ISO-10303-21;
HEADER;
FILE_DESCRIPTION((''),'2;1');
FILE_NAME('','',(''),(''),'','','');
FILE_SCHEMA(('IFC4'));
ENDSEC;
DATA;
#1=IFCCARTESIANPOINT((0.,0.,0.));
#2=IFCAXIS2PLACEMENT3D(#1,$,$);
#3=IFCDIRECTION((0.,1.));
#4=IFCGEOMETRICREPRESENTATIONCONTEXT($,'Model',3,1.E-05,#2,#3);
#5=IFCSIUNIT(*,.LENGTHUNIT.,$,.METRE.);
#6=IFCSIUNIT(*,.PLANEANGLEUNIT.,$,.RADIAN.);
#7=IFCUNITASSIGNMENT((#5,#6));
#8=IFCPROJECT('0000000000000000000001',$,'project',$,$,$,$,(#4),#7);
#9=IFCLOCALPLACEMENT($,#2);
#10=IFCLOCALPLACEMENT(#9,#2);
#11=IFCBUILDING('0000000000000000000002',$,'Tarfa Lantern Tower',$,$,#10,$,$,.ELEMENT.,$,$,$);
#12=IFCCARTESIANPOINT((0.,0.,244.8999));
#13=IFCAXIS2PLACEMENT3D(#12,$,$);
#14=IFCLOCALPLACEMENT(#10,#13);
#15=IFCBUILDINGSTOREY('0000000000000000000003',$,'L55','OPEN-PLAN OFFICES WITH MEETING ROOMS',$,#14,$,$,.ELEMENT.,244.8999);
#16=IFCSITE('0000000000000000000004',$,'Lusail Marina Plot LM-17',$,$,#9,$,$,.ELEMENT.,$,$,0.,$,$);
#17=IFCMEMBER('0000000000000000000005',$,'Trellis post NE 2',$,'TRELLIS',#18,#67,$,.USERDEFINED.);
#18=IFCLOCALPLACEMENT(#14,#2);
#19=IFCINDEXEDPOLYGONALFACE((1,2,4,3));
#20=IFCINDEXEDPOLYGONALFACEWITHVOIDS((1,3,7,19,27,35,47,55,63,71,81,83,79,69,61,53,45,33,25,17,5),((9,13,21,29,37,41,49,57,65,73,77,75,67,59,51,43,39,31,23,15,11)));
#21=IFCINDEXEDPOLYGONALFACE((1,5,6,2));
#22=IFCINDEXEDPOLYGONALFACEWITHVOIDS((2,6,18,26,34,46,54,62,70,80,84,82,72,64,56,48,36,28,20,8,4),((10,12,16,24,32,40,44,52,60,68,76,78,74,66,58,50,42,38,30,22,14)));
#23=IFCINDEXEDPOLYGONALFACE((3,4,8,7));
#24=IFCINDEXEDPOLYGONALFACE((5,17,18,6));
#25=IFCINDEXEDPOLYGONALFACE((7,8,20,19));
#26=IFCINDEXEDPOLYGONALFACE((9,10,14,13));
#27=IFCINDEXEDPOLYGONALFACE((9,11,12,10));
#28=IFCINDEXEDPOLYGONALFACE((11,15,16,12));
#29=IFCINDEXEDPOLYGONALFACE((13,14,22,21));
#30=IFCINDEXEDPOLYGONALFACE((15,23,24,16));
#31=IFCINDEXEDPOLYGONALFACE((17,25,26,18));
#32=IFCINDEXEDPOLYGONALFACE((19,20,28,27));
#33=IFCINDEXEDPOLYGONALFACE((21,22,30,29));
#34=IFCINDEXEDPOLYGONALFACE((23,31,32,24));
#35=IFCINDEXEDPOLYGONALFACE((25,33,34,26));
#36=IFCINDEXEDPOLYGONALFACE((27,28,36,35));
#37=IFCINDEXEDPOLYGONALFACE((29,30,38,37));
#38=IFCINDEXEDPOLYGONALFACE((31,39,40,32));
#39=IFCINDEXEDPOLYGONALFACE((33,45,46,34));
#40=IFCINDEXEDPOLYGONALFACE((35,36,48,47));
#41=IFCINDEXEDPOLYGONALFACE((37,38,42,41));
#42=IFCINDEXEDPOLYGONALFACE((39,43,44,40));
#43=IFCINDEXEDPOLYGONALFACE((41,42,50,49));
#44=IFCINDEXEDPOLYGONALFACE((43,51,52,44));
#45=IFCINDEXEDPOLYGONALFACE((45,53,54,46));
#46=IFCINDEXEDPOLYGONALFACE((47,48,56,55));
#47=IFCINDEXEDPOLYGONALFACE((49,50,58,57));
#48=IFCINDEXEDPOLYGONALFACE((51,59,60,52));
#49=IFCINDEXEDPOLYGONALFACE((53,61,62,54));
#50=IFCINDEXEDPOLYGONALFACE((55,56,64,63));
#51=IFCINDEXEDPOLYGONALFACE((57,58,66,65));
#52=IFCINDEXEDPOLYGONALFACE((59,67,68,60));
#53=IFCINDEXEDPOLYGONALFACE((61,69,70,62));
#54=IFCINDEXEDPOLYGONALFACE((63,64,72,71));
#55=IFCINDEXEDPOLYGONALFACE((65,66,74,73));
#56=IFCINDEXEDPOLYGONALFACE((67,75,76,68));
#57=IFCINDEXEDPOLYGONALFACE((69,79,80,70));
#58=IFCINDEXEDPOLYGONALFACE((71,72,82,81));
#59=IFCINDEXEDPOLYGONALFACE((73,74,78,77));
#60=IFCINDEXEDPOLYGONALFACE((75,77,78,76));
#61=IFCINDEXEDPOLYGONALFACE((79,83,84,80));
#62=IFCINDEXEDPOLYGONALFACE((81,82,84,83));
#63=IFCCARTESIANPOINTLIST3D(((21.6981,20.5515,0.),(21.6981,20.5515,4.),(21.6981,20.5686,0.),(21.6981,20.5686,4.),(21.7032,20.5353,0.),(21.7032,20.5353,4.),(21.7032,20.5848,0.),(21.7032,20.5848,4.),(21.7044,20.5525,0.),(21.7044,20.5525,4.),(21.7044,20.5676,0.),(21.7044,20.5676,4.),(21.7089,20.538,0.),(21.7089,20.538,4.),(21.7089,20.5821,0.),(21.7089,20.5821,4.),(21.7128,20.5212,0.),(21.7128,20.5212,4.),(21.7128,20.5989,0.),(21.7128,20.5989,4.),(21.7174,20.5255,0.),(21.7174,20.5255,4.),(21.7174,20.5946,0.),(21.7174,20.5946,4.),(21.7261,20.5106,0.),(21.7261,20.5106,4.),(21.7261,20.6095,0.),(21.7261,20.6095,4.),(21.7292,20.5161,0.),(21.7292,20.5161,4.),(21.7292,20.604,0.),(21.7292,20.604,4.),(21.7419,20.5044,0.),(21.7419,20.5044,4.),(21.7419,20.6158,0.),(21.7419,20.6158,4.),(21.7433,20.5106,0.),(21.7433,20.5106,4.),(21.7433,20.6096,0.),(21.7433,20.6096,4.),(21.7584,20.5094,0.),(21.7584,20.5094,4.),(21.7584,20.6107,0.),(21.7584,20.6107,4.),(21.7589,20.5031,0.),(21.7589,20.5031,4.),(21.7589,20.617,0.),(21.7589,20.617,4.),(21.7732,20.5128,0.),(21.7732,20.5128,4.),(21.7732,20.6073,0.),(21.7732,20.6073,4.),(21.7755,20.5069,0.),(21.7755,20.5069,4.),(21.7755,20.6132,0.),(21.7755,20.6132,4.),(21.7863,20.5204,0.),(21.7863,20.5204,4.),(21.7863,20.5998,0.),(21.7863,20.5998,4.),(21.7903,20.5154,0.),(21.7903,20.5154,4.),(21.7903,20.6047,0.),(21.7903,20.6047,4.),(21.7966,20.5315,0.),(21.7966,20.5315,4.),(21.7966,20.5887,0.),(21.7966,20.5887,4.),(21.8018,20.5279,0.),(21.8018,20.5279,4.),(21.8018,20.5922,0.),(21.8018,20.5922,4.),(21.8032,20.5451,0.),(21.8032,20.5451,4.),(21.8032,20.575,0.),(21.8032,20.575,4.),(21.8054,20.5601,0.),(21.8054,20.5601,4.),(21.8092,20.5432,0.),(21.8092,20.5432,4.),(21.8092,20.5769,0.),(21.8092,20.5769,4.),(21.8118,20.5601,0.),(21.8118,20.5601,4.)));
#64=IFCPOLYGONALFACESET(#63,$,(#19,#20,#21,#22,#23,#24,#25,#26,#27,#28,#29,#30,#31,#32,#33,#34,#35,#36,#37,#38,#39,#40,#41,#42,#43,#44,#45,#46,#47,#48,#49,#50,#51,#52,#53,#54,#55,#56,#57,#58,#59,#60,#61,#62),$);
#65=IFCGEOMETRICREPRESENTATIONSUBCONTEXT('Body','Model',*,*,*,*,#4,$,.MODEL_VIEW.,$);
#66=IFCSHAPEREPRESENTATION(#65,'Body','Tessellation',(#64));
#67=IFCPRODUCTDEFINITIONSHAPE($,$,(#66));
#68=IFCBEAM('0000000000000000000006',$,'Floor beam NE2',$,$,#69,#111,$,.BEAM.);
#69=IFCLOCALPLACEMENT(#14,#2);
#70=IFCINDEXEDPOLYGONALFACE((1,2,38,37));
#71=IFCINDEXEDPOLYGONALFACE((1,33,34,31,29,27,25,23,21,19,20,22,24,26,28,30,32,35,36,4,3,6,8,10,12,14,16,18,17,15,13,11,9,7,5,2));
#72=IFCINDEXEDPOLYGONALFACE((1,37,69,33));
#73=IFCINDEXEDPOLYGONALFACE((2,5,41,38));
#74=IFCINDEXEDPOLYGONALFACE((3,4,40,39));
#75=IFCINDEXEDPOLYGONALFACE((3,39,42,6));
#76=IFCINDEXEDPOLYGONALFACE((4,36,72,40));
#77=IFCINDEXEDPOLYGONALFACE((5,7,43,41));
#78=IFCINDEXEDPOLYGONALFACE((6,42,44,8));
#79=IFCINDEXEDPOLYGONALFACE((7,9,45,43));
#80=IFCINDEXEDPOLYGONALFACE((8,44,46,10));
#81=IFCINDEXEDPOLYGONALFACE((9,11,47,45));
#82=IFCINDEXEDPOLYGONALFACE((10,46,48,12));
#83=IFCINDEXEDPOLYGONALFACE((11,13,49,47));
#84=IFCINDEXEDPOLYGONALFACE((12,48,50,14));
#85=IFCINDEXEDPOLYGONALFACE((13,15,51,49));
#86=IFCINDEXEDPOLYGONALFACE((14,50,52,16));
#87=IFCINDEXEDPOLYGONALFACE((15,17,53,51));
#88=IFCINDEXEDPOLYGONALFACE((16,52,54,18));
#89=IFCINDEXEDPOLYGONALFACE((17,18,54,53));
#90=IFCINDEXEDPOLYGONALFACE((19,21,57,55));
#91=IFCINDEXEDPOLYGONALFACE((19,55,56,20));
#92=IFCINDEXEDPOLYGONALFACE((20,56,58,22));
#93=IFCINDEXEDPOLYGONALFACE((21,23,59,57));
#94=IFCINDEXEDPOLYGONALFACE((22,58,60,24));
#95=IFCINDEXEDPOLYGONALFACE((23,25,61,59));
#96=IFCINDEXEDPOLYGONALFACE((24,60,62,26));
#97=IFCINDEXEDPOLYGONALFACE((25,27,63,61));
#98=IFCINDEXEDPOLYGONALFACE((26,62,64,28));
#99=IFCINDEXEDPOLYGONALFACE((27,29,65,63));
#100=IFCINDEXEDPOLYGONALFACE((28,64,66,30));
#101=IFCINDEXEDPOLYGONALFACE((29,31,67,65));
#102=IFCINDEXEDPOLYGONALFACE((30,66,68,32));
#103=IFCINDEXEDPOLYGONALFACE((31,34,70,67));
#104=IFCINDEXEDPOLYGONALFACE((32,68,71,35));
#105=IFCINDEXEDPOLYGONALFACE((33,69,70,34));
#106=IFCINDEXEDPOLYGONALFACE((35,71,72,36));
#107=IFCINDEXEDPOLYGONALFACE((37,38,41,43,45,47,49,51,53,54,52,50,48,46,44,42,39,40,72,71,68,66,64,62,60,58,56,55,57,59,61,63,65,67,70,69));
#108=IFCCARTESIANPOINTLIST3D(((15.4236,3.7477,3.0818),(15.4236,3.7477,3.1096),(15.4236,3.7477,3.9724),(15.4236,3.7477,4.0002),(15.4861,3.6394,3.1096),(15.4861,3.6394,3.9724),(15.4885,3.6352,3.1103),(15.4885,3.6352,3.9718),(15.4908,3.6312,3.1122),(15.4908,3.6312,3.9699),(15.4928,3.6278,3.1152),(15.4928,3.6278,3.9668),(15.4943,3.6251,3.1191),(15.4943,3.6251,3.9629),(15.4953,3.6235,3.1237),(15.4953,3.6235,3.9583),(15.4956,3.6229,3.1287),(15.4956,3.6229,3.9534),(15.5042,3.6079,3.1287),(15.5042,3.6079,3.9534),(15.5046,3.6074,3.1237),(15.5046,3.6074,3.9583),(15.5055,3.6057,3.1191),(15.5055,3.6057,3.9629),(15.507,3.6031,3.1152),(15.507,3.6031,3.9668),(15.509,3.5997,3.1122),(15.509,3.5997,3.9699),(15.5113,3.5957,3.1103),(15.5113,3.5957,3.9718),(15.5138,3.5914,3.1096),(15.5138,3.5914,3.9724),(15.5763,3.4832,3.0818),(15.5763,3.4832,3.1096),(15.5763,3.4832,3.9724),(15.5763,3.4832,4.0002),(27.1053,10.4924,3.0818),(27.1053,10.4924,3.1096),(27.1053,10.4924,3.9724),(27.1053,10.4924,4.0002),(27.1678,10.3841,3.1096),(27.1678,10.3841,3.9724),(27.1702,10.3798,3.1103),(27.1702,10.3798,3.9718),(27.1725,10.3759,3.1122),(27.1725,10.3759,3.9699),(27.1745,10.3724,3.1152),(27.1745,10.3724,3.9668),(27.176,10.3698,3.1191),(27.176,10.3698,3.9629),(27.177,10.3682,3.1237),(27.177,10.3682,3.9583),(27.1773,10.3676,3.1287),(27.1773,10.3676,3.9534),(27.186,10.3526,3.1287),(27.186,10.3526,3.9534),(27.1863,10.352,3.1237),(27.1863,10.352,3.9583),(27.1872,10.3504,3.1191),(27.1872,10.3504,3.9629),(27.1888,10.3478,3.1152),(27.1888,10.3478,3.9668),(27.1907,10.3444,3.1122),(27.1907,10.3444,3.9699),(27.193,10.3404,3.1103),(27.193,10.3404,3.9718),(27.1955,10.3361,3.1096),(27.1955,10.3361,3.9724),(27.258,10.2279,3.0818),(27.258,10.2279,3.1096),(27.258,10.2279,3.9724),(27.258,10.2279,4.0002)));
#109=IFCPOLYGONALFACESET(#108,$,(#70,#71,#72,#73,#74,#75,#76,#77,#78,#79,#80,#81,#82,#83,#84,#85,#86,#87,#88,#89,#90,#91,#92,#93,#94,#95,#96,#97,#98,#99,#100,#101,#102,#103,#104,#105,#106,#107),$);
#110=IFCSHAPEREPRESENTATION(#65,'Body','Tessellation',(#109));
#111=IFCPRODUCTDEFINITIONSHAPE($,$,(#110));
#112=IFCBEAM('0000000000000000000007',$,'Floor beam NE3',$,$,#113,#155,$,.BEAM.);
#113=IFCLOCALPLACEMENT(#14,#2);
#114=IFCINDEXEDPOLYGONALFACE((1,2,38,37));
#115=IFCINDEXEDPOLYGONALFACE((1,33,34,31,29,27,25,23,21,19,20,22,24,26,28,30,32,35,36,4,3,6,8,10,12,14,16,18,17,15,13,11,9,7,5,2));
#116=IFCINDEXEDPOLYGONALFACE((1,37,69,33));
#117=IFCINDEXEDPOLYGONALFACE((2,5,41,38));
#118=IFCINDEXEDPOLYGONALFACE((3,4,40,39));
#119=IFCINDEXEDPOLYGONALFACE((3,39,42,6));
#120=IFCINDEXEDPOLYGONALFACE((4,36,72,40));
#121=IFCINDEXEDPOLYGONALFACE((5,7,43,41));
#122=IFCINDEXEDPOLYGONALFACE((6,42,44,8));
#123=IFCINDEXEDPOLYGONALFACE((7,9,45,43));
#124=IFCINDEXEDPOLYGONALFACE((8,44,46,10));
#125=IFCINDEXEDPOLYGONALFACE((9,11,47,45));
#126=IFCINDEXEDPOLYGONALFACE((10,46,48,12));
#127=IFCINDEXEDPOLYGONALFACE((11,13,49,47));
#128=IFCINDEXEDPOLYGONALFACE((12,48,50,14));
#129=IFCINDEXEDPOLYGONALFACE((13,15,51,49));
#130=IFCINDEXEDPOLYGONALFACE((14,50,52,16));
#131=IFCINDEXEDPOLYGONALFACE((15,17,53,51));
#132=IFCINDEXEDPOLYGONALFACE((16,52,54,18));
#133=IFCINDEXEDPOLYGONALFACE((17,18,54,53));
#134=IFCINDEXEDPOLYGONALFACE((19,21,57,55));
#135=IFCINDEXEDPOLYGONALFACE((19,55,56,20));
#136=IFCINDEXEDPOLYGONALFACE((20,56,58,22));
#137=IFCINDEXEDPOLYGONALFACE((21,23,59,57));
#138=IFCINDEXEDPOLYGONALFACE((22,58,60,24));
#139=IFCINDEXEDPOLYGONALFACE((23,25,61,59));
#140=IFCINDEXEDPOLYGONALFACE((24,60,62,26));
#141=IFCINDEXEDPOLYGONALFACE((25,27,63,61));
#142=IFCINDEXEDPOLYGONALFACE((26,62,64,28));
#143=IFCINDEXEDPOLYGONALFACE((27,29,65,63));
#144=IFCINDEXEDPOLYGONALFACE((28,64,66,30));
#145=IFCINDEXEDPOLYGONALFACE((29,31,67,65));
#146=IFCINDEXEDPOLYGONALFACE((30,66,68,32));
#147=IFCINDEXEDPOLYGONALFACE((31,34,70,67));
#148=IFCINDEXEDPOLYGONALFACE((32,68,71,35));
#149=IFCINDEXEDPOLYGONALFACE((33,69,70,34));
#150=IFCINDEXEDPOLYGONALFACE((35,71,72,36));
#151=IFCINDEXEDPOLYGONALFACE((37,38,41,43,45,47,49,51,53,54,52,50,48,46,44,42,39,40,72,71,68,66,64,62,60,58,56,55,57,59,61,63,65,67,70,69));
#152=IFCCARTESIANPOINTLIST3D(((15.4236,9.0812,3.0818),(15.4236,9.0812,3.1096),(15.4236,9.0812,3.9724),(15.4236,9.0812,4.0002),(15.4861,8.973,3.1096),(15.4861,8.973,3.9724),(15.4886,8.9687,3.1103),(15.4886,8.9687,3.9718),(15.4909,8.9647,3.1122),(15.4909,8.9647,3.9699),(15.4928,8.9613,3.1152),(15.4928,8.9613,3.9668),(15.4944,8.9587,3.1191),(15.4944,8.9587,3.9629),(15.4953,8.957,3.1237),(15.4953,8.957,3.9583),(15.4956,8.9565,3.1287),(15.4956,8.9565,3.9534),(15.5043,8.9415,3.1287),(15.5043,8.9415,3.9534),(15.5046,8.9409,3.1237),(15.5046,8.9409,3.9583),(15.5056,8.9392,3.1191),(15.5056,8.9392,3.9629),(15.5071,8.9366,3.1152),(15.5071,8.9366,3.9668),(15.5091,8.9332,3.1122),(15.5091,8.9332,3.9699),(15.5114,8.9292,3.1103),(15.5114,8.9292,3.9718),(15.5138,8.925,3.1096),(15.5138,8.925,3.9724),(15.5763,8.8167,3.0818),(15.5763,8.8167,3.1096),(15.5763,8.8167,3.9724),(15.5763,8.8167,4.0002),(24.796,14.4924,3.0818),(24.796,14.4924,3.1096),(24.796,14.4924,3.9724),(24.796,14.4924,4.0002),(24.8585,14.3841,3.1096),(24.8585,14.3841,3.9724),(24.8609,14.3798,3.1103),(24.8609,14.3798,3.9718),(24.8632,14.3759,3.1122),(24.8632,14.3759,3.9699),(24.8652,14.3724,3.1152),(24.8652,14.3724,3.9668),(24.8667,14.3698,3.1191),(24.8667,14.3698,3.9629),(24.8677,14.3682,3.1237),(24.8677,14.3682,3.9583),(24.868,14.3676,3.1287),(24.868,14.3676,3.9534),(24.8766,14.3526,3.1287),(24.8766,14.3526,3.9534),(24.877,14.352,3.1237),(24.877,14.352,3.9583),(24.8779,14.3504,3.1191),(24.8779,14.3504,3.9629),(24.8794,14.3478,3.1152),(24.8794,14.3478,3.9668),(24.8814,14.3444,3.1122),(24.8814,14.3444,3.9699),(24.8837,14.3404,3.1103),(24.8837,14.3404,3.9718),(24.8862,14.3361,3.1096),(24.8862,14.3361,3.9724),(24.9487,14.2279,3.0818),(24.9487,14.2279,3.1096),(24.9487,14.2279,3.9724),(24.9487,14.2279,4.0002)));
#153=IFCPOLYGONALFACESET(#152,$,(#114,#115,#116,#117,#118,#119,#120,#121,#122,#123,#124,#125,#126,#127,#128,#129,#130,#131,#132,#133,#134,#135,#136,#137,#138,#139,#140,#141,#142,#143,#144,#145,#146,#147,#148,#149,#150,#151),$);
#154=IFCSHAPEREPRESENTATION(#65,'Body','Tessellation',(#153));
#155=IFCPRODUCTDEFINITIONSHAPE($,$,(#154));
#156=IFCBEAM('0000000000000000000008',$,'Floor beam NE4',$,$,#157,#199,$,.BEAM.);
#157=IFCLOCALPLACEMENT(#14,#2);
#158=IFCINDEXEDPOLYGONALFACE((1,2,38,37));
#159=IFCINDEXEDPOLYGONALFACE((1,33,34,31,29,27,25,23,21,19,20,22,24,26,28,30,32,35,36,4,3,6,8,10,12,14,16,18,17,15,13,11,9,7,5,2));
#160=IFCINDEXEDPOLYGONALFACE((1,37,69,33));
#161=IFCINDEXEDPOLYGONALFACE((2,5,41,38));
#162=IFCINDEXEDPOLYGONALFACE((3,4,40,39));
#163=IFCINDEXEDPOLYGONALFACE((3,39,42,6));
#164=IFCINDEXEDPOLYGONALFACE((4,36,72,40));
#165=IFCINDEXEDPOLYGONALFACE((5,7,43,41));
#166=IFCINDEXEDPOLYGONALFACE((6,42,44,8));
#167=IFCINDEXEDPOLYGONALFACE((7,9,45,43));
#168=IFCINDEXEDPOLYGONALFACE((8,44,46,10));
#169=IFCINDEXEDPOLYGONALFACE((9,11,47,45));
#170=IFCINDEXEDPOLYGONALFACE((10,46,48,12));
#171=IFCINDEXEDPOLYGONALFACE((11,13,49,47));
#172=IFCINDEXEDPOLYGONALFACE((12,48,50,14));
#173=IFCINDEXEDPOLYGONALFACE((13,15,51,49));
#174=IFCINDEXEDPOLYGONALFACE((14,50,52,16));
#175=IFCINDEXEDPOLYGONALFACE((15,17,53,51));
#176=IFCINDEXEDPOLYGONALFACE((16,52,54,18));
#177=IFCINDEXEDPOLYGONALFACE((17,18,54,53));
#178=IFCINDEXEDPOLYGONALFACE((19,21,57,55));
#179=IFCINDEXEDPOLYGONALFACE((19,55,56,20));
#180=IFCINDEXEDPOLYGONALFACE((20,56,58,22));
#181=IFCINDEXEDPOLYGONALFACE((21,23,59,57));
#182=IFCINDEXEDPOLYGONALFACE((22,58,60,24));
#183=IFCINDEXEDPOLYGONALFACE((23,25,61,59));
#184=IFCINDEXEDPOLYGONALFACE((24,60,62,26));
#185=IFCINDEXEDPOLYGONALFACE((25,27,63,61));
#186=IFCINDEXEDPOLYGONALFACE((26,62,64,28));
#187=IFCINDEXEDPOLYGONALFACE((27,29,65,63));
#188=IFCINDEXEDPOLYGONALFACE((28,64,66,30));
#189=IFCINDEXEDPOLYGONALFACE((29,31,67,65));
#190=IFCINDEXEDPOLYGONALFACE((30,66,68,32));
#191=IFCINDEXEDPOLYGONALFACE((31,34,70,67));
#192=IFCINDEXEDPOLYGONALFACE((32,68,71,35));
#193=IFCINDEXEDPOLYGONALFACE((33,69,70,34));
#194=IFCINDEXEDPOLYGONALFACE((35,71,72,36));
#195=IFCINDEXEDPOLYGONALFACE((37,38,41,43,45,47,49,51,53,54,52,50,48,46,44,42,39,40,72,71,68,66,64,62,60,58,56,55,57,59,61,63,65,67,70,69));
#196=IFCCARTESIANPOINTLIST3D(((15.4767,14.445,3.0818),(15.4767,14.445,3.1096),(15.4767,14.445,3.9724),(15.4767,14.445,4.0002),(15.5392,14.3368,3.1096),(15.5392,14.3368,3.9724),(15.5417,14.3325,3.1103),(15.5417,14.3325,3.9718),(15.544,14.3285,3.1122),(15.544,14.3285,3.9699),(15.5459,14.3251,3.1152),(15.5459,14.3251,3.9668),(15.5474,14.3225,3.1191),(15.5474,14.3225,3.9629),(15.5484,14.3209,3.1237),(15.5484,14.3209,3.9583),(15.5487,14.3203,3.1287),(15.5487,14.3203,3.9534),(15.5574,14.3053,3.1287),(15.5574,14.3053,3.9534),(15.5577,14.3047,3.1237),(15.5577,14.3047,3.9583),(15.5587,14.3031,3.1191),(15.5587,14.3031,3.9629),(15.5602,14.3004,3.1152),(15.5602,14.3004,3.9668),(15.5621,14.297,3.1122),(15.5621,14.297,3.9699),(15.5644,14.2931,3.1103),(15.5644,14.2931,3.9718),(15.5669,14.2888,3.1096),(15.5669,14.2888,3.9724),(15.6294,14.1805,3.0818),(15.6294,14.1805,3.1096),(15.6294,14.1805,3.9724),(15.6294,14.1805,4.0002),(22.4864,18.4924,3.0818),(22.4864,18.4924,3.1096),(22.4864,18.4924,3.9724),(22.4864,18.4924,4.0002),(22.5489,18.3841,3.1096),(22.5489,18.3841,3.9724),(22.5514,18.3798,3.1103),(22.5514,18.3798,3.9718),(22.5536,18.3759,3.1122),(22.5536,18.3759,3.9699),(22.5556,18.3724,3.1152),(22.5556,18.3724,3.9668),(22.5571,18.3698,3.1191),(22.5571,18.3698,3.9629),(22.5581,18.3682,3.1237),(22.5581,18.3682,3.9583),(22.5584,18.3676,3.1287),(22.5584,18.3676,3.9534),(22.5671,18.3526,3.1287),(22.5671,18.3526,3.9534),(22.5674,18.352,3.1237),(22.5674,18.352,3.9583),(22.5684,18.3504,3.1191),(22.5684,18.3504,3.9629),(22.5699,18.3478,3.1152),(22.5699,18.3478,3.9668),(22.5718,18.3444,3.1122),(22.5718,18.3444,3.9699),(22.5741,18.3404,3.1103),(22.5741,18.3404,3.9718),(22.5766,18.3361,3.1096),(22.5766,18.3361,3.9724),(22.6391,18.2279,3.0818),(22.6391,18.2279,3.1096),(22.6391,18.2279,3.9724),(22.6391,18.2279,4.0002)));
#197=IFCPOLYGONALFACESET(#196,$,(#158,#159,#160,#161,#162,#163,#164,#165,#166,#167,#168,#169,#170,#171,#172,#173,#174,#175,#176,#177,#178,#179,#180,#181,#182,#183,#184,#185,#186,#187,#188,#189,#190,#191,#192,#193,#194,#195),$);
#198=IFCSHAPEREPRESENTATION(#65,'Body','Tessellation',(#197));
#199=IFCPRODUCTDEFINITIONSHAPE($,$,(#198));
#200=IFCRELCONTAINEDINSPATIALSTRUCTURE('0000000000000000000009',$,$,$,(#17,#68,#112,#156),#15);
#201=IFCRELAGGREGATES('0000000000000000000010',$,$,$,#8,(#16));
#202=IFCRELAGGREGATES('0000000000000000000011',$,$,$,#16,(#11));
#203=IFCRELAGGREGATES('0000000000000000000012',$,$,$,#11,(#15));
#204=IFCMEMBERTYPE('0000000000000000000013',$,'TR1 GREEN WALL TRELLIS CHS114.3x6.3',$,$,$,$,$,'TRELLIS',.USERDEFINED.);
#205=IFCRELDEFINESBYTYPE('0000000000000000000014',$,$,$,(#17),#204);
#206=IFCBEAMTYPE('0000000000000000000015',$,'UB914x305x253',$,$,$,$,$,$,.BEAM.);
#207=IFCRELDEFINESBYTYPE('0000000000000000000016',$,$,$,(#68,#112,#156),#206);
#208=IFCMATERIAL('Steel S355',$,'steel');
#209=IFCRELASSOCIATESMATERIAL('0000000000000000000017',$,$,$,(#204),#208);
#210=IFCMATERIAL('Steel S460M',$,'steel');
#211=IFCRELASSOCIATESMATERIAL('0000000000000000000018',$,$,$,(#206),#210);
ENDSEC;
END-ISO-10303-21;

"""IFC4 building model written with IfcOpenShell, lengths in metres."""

from ifc_helpers import new_model, si_unit, direction, frame, origin, origin_2d, place, context, subcontext, project, spatial, hollow_circle, i_section, extrude, material, material_profile, profile_set, type_object, element, save


model = new_model("IFC4")

# Units and contexts
model_context = context("Model", 3, precision=1e-05, world=origin(), true_north=direction((0.0, 1.0)))
body_context = subcontext(model_context, "Body", "Model", "MODEL_VIEW")
ifc_project = project(units=[si_unit("LENGTHUNIT", "METRE"), si_unit("PLANEANGLEUNIT", "RADIAN")], contexts=[model_context])

# Site, building, storey
site_placement = place(None, origin())
site = spatial("IfcSite", under=ifc_project, at=site_placement, Name="Lusail Marina Plot LM-17", CompositionType="ELEMENT", RefElevation=0.0)
building_placement = place(site_placement, origin())
building = spatial("IfcBuilding", under=site, at=building_placement, Name="Tarfa Lantern Tower", CompositionType="ELEMENT")
storey_placement = place(building_placement, frame((0.0, 0.0, 244.8999)))
storey = spatial("IfcBuildingStorey", under=building, at=storey_placement, Name="L55", Description="OPEN-PLAN OFFICES WITH MEETING ROOMS", CompositionType="ELEMENT", Elevation=244.8999)

# Member
ifc_material_1 = material(Name="Steel S355", Category="steel")
ifc_material_profile_1 = material_profile(ifc_material_1, hollow_circle(Radius=0.0571, WallThickness=0.0063, at=origin_2d()), Name="CHS114.3x6.3")
ifc_profile_set_1 = profile_set([ifc_material_profile_1], Name="Steel S355")
member_type_1 = type_object("IfcMemberType", Name="TR1 GREEN WALL TRELLIS CHS114.3x6.3", ElementType="TRELLIS", PredefinedType="USERDEFINED", material=ifc_profile_set_1)
member_1_placement = place(storey_placement, frame((21.7546, 20.5601, 0.0), z_axis=(0.0, 0.0, 1.0), x_axis=(1.0, 0.0, 0.0)))
element("IfcMember", 1, at=member_1_placement, inside=storey, type_object=member_type_1, Name="Trellis post NE 2", ObjectType="TRELLIS", PredefinedType="USERDEFINED", context=body_context, shape_type="SweptSolid", body=[
    extrude(hollow_circle(Radius=0.0571, WallThickness=0.0063, at=origin_2d()), origin(), (0.0, 0.0, 1.0), 4.0),
])

# Beams
ifc_material_2 = material(Name="Steel S460M", Category="steel")
ifc_material_profile_2 = material_profile(ifc_material_2, i_section(OverallWidth=0.3054, OverallDepth=0.9185, WebThickness=0.0173, FlangeThickness=0.0278, FilletRadius=0.019, at=origin_2d()), Name="UB914x305x253")
ifc_profile_set_2 = profile_set([ifc_material_profile_2], Name="Steel S460M")
beam_type_1 = type_object("IfcBeamType", Name="UB914x305x253", PredefinedType="BEAM", material=ifc_profile_set_2)
beam_1_placement = place(storey_placement, frame((27.1816, 10.3601, 3.541), z_axis=(-0.866018, -0.500013, 0.0), x_axis=(0.500013, -0.866018, 0.0)))
element("IfcBeam", 2, at=beam_1_placement, inside=storey, type_object=beam_type_1, Name="Floor beam NE2", PredefinedType="BEAM", context=body_context, shape_type="SweptSolid", body=[
    extrude(i_section(OverallWidth=0.3054, OverallDepth=0.9185, WebThickness=0.0173, FlangeThickness=0.0278, FilletRadius=0.019, at=origin_2d()), origin(), (0.0, 0.0, 1.0), 13.489),
])
beam_2_placement = place(storey_placement, frame((24.8723, 14.3601, 3.541), z_axis=(-0.866024, -0.500002, 0.0), x_axis=(0.500002, -0.866024, 0.0)))
element("IfcBeam", 3, at=beam_2_placement, inside=storey, type_object=beam_type_1, Name="Floor beam NE3", PredefinedType="BEAM", context=body_context, shape_type="SweptSolid", body=[
    extrude(i_section(OverallWidth=0.3054, OverallDepth=0.9185, WebThickness=0.0173, FlangeThickness=0.0278, FilletRadius=0.019, at=origin_2d()), origin(), (0.0, 0.0, 1.0), 10.8223),
])
beam_3_placement = place(storey_placement, frame((22.5627, 18.3601, 3.541), z_axis=(-0.866011, -0.500025, 0.0), x_axis=(0.500025, -0.866011, 0.0)))
element("IfcBeam", 4, at=beam_3_placement, inside=storey, type_object=beam_type_1, Name="Floor beam NE4", PredefinedType="BEAM", context=body_context, shape_type="SweptSolid", body=[
    extrude(i_section(OverallWidth=0.3054, OverallDepth=0.9185, WebThickness=0.0173, FlangeThickness=0.0278, FilletRadius=0.019, at=origin_2d()), origin(), (0.0, 0.0, 1.0), 8.0942),
])

save(model, "model.ifc")
